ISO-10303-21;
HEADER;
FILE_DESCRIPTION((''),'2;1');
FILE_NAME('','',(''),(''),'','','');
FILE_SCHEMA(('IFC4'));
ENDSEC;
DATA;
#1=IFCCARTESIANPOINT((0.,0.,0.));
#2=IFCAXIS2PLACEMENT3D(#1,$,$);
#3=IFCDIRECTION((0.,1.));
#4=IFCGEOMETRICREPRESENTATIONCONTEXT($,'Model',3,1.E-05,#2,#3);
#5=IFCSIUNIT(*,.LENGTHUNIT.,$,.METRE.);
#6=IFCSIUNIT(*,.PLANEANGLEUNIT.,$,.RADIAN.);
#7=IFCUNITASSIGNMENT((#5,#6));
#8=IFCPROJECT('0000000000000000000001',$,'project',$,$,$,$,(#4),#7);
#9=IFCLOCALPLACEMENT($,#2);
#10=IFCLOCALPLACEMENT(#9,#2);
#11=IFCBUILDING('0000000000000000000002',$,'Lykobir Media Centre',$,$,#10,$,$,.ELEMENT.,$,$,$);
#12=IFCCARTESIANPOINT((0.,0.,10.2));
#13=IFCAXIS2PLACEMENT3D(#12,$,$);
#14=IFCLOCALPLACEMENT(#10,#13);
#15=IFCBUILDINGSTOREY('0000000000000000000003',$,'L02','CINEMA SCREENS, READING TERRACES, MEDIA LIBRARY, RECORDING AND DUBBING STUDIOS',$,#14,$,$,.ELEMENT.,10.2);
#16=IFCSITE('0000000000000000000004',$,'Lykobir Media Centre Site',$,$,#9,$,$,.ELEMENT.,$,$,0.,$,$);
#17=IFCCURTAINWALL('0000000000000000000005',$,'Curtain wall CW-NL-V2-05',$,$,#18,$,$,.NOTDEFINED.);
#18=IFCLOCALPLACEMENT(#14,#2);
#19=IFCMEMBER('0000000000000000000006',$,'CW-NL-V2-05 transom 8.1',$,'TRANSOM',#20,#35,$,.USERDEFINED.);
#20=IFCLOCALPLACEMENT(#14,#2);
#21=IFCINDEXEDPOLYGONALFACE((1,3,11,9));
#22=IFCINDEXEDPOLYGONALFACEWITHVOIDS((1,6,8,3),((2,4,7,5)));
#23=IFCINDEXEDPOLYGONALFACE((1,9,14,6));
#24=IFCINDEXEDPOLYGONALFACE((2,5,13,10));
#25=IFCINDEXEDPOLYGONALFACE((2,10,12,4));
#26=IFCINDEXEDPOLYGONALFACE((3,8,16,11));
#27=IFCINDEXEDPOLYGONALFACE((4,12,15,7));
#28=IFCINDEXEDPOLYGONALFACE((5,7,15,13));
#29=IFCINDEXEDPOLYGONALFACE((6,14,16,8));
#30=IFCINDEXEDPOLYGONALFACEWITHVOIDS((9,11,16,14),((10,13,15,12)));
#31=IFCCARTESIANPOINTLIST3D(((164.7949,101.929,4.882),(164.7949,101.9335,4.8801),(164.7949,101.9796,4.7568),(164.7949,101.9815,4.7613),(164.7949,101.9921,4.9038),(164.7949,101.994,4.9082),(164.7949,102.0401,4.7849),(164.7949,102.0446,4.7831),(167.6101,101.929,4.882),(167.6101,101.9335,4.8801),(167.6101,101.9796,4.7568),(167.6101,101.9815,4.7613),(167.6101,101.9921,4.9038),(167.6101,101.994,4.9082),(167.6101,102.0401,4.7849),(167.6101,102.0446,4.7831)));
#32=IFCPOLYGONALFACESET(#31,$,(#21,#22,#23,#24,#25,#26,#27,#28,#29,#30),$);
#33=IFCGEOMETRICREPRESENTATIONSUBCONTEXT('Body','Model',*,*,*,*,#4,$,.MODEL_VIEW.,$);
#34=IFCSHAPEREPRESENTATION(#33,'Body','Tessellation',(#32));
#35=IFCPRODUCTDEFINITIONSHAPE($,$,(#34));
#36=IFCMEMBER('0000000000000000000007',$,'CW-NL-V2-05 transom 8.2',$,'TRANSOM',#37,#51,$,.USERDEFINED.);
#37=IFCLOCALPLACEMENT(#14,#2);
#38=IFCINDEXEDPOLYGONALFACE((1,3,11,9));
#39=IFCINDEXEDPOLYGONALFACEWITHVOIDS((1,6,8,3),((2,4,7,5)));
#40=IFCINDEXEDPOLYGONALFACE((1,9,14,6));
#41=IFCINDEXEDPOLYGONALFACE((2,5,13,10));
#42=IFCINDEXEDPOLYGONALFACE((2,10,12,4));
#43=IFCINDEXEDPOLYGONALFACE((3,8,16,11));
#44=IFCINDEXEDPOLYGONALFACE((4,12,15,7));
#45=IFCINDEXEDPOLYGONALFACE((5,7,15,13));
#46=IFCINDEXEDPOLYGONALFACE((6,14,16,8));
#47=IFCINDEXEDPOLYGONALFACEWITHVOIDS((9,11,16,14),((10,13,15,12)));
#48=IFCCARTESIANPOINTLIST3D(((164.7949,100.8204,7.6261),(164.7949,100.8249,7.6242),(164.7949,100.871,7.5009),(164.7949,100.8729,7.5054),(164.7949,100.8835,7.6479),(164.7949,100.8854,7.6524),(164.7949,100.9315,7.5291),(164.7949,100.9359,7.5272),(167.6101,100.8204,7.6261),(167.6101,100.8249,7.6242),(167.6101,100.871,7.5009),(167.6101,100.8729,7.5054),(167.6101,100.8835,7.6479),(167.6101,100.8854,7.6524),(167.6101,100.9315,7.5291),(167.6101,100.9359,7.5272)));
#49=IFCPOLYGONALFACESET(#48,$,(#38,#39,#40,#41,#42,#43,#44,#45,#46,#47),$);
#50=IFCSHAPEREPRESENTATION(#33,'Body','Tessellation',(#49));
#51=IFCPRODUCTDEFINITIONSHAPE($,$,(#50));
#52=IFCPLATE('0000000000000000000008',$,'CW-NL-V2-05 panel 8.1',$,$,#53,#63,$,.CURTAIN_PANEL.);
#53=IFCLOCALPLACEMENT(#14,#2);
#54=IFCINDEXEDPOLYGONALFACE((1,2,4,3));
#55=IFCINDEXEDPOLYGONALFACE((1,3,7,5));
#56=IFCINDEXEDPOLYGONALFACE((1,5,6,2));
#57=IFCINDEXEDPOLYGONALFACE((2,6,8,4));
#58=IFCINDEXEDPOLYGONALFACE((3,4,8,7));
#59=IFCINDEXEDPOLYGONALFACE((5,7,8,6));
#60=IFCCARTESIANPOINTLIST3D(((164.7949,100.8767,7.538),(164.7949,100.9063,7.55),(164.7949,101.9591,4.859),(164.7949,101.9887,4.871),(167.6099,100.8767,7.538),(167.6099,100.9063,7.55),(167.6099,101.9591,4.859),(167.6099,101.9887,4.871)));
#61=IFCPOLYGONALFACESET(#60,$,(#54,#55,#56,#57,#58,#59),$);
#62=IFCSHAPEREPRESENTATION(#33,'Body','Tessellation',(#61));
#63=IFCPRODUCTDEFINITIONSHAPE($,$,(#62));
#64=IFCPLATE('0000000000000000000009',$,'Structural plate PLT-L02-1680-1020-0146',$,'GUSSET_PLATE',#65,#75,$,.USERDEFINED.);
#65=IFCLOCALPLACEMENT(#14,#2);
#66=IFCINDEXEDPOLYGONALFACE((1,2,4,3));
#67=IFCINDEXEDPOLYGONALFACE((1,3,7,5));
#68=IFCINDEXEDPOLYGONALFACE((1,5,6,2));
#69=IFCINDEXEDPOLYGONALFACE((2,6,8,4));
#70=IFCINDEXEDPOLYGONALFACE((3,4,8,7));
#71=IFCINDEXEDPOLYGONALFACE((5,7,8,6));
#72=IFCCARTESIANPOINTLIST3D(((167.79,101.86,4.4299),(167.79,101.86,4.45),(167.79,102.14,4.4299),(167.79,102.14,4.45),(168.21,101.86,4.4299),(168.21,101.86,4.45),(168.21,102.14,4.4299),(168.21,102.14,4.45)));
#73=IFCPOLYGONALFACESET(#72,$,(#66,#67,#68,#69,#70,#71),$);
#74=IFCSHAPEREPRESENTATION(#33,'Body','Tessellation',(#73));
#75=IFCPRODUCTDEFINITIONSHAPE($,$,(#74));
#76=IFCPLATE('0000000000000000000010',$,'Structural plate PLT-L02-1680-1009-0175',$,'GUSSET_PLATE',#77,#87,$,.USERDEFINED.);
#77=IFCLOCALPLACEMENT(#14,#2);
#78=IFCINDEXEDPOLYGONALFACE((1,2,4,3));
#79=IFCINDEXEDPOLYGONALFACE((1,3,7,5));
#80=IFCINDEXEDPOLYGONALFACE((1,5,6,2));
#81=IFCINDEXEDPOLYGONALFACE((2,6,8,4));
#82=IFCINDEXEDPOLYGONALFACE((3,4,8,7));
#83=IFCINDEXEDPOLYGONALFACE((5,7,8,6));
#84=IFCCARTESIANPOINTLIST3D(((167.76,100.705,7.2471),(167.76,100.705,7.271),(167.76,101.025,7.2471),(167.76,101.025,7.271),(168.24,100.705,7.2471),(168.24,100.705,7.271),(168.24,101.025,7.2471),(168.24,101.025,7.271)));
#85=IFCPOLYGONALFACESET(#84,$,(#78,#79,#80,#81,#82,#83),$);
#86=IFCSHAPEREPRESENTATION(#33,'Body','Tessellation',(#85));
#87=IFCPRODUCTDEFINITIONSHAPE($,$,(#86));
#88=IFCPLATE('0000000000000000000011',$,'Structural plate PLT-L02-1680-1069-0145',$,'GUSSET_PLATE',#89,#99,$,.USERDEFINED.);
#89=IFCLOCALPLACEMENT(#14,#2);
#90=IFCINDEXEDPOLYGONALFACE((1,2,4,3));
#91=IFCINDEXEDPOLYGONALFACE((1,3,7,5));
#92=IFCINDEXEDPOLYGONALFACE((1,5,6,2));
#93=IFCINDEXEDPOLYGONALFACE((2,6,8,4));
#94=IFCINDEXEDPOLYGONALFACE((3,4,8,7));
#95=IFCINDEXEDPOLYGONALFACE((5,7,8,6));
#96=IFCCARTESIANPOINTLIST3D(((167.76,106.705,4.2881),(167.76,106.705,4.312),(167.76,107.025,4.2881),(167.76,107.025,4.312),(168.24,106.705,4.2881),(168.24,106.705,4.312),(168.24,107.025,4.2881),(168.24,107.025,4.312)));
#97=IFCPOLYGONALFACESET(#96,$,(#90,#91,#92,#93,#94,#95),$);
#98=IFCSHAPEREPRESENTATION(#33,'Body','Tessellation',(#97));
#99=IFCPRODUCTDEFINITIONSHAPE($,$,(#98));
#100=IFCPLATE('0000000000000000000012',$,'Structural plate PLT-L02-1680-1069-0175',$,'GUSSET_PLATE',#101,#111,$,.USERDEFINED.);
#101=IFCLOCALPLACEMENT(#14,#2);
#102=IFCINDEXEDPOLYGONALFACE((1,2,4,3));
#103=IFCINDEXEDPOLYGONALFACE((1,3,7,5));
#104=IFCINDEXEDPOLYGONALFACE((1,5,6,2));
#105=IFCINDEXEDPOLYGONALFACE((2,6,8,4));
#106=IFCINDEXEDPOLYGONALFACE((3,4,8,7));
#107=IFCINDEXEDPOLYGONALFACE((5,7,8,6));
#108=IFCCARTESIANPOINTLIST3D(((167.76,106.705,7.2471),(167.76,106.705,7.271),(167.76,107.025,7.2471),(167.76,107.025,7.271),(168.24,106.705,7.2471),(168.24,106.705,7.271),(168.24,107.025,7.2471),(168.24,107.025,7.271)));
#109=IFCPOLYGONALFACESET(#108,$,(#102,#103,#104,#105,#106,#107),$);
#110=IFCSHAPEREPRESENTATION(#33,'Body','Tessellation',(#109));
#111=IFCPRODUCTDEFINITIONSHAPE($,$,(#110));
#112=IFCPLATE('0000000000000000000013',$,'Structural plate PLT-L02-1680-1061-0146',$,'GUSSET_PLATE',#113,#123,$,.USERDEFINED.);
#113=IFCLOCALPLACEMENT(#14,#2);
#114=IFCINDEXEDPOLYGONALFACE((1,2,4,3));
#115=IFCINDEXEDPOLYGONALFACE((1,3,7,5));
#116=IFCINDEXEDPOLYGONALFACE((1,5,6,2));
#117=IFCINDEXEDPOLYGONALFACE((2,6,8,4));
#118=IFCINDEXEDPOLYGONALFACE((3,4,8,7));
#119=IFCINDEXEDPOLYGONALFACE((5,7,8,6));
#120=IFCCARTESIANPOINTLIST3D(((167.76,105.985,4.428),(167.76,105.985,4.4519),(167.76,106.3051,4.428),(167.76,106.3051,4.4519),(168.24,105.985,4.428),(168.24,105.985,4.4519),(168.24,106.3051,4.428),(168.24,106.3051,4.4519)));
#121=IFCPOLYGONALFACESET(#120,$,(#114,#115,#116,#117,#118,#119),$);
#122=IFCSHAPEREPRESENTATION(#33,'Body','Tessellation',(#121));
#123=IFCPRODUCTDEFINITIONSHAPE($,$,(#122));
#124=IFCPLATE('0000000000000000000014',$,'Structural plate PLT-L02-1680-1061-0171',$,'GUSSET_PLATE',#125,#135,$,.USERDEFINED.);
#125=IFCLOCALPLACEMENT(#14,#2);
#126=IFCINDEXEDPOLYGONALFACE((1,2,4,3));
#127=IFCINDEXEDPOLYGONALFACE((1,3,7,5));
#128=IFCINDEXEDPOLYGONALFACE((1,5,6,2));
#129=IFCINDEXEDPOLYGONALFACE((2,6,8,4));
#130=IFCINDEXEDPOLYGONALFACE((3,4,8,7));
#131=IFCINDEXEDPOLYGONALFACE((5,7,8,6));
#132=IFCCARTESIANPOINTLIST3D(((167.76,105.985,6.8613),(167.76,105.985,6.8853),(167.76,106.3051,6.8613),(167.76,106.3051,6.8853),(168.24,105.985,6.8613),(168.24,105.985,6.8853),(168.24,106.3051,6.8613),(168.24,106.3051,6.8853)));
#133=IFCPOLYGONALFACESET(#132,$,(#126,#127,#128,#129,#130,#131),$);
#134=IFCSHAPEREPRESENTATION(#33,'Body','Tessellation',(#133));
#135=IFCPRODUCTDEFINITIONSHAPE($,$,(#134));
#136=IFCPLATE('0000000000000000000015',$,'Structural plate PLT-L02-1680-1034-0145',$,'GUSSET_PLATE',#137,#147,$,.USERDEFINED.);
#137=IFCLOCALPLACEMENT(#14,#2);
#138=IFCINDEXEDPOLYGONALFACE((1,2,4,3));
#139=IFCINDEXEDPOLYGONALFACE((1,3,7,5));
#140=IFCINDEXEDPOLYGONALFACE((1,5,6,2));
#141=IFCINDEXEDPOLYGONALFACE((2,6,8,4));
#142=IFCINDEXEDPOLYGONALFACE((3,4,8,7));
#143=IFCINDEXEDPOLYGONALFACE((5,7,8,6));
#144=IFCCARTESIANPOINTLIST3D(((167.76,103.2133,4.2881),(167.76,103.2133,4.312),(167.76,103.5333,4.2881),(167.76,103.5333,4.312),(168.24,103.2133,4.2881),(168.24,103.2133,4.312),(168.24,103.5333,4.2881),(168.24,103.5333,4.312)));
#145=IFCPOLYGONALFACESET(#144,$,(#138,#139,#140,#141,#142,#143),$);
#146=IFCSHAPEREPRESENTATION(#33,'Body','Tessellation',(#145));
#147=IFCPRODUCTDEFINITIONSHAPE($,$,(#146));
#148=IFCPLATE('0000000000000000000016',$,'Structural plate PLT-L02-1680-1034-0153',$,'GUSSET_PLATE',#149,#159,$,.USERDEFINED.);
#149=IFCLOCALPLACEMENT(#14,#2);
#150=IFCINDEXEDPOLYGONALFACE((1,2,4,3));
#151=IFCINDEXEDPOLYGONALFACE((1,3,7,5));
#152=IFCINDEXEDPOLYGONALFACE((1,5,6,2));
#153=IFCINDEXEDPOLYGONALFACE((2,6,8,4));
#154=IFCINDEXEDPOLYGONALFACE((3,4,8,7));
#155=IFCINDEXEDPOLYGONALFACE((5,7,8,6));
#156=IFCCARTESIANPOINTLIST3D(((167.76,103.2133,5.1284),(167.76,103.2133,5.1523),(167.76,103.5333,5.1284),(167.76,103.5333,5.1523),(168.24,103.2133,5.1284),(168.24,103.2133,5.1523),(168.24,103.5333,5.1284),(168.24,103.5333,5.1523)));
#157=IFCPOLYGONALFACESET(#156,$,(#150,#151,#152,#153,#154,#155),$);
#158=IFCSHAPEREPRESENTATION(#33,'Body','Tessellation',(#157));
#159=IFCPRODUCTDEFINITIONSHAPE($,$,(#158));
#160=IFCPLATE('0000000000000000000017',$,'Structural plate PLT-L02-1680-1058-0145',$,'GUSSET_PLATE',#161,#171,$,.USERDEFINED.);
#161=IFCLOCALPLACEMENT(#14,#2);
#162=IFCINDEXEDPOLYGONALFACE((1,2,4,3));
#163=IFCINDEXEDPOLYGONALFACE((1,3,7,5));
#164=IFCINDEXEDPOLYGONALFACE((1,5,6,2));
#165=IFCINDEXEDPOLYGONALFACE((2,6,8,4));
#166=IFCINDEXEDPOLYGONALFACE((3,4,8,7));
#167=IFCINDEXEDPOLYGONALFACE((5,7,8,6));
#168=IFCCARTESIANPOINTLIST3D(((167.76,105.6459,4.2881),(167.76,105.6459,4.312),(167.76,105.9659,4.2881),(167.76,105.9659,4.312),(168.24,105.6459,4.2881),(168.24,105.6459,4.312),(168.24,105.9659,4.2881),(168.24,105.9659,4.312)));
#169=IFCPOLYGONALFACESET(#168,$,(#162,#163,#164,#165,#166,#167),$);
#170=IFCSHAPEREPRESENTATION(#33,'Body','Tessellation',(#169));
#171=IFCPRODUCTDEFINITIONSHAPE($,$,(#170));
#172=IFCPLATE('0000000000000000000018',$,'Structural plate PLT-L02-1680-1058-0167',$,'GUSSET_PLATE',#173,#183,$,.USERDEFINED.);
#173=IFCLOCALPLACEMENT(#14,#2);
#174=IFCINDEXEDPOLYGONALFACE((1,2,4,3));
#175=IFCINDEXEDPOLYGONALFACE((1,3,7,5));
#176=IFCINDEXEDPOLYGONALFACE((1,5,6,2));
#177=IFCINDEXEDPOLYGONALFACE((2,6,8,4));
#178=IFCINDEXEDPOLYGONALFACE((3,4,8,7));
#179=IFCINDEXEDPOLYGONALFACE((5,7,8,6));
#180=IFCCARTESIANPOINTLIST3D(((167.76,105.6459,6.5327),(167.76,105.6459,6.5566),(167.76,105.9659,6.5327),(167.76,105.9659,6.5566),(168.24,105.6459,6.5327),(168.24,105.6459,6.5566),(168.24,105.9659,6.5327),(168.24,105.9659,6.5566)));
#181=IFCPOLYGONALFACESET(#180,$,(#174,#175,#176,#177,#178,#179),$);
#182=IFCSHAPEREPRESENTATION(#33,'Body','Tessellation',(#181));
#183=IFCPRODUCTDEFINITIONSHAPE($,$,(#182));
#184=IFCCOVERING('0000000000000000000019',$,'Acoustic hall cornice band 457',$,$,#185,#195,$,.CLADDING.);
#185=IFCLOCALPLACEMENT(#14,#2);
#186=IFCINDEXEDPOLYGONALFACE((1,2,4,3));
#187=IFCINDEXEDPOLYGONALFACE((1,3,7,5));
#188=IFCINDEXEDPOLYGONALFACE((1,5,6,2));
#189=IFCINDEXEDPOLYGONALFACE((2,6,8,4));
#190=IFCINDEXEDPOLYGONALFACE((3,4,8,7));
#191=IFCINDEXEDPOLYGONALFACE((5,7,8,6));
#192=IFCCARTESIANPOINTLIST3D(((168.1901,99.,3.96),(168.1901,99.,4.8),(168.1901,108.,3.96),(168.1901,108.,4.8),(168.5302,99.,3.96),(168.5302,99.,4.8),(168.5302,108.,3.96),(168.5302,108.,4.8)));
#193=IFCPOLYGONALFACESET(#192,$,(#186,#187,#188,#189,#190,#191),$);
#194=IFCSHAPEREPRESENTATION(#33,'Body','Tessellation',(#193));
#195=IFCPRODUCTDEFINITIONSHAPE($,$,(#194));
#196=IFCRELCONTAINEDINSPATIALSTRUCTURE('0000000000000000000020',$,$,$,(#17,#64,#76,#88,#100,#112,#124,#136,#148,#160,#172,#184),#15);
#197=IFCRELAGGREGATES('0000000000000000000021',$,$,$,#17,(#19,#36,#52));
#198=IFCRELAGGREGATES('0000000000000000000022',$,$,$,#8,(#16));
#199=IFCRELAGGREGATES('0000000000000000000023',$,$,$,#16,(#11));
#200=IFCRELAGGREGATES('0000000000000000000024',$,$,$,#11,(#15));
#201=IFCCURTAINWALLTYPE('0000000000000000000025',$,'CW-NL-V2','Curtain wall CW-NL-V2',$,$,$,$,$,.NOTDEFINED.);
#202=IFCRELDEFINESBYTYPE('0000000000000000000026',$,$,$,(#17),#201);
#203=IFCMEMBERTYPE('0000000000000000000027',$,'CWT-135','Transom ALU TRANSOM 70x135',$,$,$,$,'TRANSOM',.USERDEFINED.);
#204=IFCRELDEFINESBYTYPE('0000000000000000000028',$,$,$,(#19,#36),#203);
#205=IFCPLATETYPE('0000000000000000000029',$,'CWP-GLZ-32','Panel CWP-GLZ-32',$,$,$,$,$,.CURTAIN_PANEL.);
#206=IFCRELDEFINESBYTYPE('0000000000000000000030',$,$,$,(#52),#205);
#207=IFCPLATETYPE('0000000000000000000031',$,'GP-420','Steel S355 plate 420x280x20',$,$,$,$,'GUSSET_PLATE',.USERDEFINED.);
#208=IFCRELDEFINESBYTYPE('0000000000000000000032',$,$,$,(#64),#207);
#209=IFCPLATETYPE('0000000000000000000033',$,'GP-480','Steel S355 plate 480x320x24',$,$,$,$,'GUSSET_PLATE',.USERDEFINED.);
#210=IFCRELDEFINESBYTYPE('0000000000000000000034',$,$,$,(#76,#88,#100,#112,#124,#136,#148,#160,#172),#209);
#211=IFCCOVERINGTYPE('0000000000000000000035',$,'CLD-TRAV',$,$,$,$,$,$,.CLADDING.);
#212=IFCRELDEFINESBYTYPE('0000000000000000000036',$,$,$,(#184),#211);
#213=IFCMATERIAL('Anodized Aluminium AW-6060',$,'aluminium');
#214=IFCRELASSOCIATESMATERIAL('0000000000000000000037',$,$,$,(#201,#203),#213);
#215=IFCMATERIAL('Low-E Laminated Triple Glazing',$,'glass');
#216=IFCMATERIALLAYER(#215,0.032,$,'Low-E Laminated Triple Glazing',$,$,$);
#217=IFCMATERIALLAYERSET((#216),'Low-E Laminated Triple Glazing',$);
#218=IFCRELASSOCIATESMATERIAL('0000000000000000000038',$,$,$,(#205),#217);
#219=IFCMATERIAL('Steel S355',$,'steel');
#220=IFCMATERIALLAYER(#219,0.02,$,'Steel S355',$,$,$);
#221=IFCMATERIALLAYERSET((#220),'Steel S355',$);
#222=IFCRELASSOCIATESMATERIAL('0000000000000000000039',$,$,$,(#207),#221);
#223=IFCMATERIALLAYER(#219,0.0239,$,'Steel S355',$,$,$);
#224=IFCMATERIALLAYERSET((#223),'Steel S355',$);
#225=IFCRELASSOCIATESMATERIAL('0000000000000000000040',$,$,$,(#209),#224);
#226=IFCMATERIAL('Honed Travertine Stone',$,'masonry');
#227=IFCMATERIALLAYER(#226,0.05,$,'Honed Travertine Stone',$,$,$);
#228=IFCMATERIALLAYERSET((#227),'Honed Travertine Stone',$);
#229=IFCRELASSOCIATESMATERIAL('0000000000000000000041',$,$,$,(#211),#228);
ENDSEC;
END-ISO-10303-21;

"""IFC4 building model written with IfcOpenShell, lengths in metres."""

from ifc_helpers import new_model, si_unit, direction, frame, origin, origin_2d, place, context, subcontext, project, spatial, rectangle, hollow_rectangle, extrude, material, layer, layer_set, material_profile, profile_set, type_object, element, aggregate, save


model = new_model("IFC4")

# Units and contexts
model_context = context("Model", 3, precision=1e-05, world=origin(), true_north=direction((0.0, 1.0)))
body_context = subcontext(model_context, "Body", "Model", "MODEL_VIEW")
ifc_project = project(units=[si_unit("LENGTHUNIT", "METRE"), si_unit("PLANEANGLEUNIT", "RADIAN")], contexts=[model_context])

# Site, building, storey
site_placement = place(None, origin())
site = spatial("IfcSite", under=ifc_project, at=site_placement, Name="Lykobir Media Centre Site", CompositionType="ELEMENT", RefElevation=0.0)
building_placement = place(site_placement, origin())
building = spatial("IfcBuilding", under=site, at=building_placement, Name="Lykobir Media Centre", CompositionType="ELEMENT")
storey_placement = place(building_placement, frame((0.0, 0.0, 10.2)))
storey = spatial("IfcBuildingStorey", under=building, at=storey_placement, Name="L02", Description="CINEMA SCREENS, READING TERRACES, MEDIA LIBRARY, RECORDING AND DUBBING STUDIOS", CompositionType="ELEMENT", Elevation=10.2)

# Shared definitions
ifc_material_1 = material(Name="Honed Travertine Stone", Category="masonry")

# Shared definitions
ifc_material_2 = material(Name="Steel S355", Category="steel")

# Curtain wall, members, plate
ifc_material_3 = material(Name="Anodized Aluminium AW-6060", Category="aluminium")
curtain_wall_type = type_object("IfcCurtainWallType", Name="CW-NL-V2", Description="Curtain wall CW-NL-V2", PredefinedType="NOTDEFINED", material=ifc_material_3)
curtain_wall_placement = place(storey_placement, origin())
curtain_wall = element("IfcCurtainWall", 1, at=curtain_wall_placement, inside=storey, type_object=curtain_wall_type, Name="Curtain wall CW-NL-V2-05", PredefinedType="NOTDEFINED")
ifc_material_profile_1 = material_profile(ifc_material_3, hollow_rectangle(XDim=0.0701, YDim=0.135, WallThickness=0.0034, at=origin_2d()), Name="ALU TRANSOM 70x135")
ifc_profile_set_1 = profile_set([ifc_material_profile_1], Name="Anodized Aluminium AW-6060")
member_type_1 = type_object("IfcMemberType", Name="CWT-135", Description="Transom ALU TRANSOM 70x135", ElementType="TRANSOM", PredefinedType="USERDEFINED", material=ifc_profile_set_1)
member_1_placement = place(storey_placement, frame((164.7949, 101.9868, 4.8325), z_axis=(1.0, 0.0, 0.0), x_axis=(0.0, 0.927184, 0.374607)))
member_1 = element("IfcMember", 2, at=member_1_placement, type_object=member_type_1, Name="CW-NL-V2-05 transom 8.1", ObjectType="TRANSOM", PredefinedType="USERDEFINED", context=body_context, shape_type="SweptSolid", body=[
    extrude(hollow_rectangle(XDim=0.0701, YDim=0.135, WallThickness=0.0034, at=origin_2d()), origin(), (0.0, 0.0, 1.0), 2.8152),
])
member_2_placement = place(storey_placement, frame((164.7949, 100.8782, 7.5767), z_axis=(1.0, 0.0, 0.0), x_axis=(0.0, 0.927184, 0.374607)))
member_2 = element("IfcMember", 3, at=member_2_placement, type_object=member_type_1, Name="CW-NL-V2-05 transom 8.2", ObjectType="TRANSOM", PredefinedType="USERDEFINED", context=body_context, shape_type="SweptSolid", body=[
    extrude(hollow_rectangle(XDim=0.0701, YDim=0.135, WallThickness=0.0034, at=origin_2d()), origin(), (0.0, 0.0, 1.0), 2.8152),
])
ifc_material_4 = material(Name="Low-E Laminated Triple Glazing", Category="glass")
ifc_layer_1 = layer(ifc_material_4, 0.032, Name="Low-E Laminated Triple Glazing")
ifc_layer_set_1 = layer_set([ifc_layer_1], Name="Low-E Laminated Triple Glazing")
plate_type_1 = type_object("IfcPlateType", Name="CWP-GLZ-32", Description="Panel CWP-GLZ-32", PredefinedType="CURTAIN_PANEL", material=ifc_layer_set_1)
plate_1_placement = place(storey_placement, frame((166.2024, 101.9739, 4.865), z_axis=(0.0, -0.374607, 0.927184), x_axis=(1.0, 0.0, 0.0)))
plate_1 = element("IfcPlate", 4, at=plate_1_placement, type_object=plate_type_1, Name="CW-NL-V2-05 panel 8.1", PredefinedType="CURTAIN_PANEL", context=body_context, shape_type="SweptSolid", body=[
    extrude(rectangle(XDim=2.8149, YDim=0.032, at=origin_2d()), origin(), (0.0, 0.0, 1.0), 2.8894),
])
aggregate(curtain_wall, [member_1, member_2, plate_1])

# Plates
ifc_layer_2 = layer(ifc_material_2, 0.02, Name="Steel S355")
ifc_layer_set_2 = layer_set([ifc_layer_2], Name="Steel S355")
plate_type_2 = type_object("IfcPlateType", Name="GP-420", Description="Steel S355 plate 420x280x20", ElementType="GUSSET_PLATE", PredefinedType="USERDEFINED", material=ifc_layer_set_2)
plate_2_placement = place(storey_placement, frame((168.0, 102.0, 4.4299), z_axis=(0.0, 0.0, 1.0), x_axis=(1.0, 0.0, 0.0)))
element("IfcPlate", 5, at=plate_2_placement, inside=storey, type_object=plate_type_2, Name="Structural plate PLT-L02-1680-1020-0146", ObjectType="GUSSET_PLATE", PredefinedType="USERDEFINED", context=body_context, shape_type="SweptSolid", body=[
    extrude(rectangle(XDim=0.4199, YDim=0.28, at=origin_2d()), origin(), (0.0, 0.0, 1.0), 0.02),
])
ifc_layer_3 = layer(ifc_material_2, 0.0239, Name="Steel S355")
ifc_layer_set_3 = layer_set([ifc_layer_3], Name="Steel S355")
plate_type_3 = type_object("IfcPlateType", Name="GP-480", Description="Steel S355 plate 480x320x24", ElementType="GUSSET_PLATE", PredefinedType="USERDEFINED", material=ifc_layer_set_3)
for number, where, z_axis, x_axis, name in (
    (6, (168.0, 100.865, 7.2471), (0.0, 0.0, 1.0), (1.0, 0.0, 0.0), "Structural plate PLT-L02-1680-1009-0175"),
    (7, (168.0, 106.865, 4.2881), (0.0, 0.0, 1.0), (1.0, 0.0, 0.0), "Structural plate PLT-L02-1680-1069-0145"),
    (8, (168.0, 106.865, 7.2471), (0.0, 0.0, 1.0), (1.0, 0.0, 0.0), "Structural plate PLT-L02-1680-1069-0175"),
    (9, (168.0, 106.145, 4.428), (0.0, 0.0, 1.0), (1.0, 0.0, 0.0), "Structural plate PLT-L02-1680-1061-0146"),
    (10, (168.0, 106.145, 6.8613), (0.0, 0.0, 1.0), (1.0, 0.0, 0.0), "Structural plate PLT-L02-1680-1061-0171"),
    (11, (168.0, 103.3733, 4.2881), (0.0, 0.0, 1.0), (1.0, 0.0, 0.0), "Structural plate PLT-L02-1680-1034-0145"),
    (12, (168.0, 103.3733, 5.1284), (0.0, 0.0, 1.0), (1.0, 0.0, 0.0), "Structural plate PLT-L02-1680-1034-0153"),
    (13, (168.0, 105.8059, 4.2881), (0.0, 0.0, 1.0), (1.0, 0.0, 0.0), "Structural plate PLT-L02-1680-1058-0145"),
    (14, (168.0, 105.8059, 6.5327), (0.0, 0.0, 1.0), (1.0, 0.0, 0.0), "Structural plate PLT-L02-1680-1058-0167"),
):
    element("IfcPlate", number, at=place(storey_placement, frame(where, z_axis=z_axis, x_axis=x_axis)), inside=storey, type_object=plate_type_3, Name=name, ObjectType="GUSSET_PLATE", PredefinedType="USERDEFINED", context=body_context, shape_type="SweptSolid", body=[
        extrude(rectangle(XDim=0.48, YDim=0.3201, at=origin_2d()), origin(), (0.0, 0.0, 1.0), 0.0239),
    ])

# Covering
ifc_layer_4 = layer(ifc_material_1, 0.05, Name="Honed Travertine Stone")
ifc_layer_set_4 = layer_set([ifc_layer_4], Name="Honed Travertine Stone")
covering_type = type_object("IfcCoveringType", Name="CLD-TRAV", PredefinedType="CLADDING", material=ifc_layer_set_4)
covering_placement = place(storey_placement, frame((168.3601, 103.5, 3.96), z_axis=(0.0, 0.0, 1.0), x_axis=(0.0, 1.0, 0.0)))
element("IfcCovering", 15, at=covering_placement, inside=storey, type_object=covering_type, Name="Acoustic hall cornice band 457", PredefinedType="CLADDING", context=body_context, shape_type="SweptSolid", body=[
    extrude(rectangle(XDim=9.0, YDim=0.3401, at=origin_2d()), origin(), (0.0, 0.0, 1.0), 0.8401),
])

save(model, "model.ifc")
